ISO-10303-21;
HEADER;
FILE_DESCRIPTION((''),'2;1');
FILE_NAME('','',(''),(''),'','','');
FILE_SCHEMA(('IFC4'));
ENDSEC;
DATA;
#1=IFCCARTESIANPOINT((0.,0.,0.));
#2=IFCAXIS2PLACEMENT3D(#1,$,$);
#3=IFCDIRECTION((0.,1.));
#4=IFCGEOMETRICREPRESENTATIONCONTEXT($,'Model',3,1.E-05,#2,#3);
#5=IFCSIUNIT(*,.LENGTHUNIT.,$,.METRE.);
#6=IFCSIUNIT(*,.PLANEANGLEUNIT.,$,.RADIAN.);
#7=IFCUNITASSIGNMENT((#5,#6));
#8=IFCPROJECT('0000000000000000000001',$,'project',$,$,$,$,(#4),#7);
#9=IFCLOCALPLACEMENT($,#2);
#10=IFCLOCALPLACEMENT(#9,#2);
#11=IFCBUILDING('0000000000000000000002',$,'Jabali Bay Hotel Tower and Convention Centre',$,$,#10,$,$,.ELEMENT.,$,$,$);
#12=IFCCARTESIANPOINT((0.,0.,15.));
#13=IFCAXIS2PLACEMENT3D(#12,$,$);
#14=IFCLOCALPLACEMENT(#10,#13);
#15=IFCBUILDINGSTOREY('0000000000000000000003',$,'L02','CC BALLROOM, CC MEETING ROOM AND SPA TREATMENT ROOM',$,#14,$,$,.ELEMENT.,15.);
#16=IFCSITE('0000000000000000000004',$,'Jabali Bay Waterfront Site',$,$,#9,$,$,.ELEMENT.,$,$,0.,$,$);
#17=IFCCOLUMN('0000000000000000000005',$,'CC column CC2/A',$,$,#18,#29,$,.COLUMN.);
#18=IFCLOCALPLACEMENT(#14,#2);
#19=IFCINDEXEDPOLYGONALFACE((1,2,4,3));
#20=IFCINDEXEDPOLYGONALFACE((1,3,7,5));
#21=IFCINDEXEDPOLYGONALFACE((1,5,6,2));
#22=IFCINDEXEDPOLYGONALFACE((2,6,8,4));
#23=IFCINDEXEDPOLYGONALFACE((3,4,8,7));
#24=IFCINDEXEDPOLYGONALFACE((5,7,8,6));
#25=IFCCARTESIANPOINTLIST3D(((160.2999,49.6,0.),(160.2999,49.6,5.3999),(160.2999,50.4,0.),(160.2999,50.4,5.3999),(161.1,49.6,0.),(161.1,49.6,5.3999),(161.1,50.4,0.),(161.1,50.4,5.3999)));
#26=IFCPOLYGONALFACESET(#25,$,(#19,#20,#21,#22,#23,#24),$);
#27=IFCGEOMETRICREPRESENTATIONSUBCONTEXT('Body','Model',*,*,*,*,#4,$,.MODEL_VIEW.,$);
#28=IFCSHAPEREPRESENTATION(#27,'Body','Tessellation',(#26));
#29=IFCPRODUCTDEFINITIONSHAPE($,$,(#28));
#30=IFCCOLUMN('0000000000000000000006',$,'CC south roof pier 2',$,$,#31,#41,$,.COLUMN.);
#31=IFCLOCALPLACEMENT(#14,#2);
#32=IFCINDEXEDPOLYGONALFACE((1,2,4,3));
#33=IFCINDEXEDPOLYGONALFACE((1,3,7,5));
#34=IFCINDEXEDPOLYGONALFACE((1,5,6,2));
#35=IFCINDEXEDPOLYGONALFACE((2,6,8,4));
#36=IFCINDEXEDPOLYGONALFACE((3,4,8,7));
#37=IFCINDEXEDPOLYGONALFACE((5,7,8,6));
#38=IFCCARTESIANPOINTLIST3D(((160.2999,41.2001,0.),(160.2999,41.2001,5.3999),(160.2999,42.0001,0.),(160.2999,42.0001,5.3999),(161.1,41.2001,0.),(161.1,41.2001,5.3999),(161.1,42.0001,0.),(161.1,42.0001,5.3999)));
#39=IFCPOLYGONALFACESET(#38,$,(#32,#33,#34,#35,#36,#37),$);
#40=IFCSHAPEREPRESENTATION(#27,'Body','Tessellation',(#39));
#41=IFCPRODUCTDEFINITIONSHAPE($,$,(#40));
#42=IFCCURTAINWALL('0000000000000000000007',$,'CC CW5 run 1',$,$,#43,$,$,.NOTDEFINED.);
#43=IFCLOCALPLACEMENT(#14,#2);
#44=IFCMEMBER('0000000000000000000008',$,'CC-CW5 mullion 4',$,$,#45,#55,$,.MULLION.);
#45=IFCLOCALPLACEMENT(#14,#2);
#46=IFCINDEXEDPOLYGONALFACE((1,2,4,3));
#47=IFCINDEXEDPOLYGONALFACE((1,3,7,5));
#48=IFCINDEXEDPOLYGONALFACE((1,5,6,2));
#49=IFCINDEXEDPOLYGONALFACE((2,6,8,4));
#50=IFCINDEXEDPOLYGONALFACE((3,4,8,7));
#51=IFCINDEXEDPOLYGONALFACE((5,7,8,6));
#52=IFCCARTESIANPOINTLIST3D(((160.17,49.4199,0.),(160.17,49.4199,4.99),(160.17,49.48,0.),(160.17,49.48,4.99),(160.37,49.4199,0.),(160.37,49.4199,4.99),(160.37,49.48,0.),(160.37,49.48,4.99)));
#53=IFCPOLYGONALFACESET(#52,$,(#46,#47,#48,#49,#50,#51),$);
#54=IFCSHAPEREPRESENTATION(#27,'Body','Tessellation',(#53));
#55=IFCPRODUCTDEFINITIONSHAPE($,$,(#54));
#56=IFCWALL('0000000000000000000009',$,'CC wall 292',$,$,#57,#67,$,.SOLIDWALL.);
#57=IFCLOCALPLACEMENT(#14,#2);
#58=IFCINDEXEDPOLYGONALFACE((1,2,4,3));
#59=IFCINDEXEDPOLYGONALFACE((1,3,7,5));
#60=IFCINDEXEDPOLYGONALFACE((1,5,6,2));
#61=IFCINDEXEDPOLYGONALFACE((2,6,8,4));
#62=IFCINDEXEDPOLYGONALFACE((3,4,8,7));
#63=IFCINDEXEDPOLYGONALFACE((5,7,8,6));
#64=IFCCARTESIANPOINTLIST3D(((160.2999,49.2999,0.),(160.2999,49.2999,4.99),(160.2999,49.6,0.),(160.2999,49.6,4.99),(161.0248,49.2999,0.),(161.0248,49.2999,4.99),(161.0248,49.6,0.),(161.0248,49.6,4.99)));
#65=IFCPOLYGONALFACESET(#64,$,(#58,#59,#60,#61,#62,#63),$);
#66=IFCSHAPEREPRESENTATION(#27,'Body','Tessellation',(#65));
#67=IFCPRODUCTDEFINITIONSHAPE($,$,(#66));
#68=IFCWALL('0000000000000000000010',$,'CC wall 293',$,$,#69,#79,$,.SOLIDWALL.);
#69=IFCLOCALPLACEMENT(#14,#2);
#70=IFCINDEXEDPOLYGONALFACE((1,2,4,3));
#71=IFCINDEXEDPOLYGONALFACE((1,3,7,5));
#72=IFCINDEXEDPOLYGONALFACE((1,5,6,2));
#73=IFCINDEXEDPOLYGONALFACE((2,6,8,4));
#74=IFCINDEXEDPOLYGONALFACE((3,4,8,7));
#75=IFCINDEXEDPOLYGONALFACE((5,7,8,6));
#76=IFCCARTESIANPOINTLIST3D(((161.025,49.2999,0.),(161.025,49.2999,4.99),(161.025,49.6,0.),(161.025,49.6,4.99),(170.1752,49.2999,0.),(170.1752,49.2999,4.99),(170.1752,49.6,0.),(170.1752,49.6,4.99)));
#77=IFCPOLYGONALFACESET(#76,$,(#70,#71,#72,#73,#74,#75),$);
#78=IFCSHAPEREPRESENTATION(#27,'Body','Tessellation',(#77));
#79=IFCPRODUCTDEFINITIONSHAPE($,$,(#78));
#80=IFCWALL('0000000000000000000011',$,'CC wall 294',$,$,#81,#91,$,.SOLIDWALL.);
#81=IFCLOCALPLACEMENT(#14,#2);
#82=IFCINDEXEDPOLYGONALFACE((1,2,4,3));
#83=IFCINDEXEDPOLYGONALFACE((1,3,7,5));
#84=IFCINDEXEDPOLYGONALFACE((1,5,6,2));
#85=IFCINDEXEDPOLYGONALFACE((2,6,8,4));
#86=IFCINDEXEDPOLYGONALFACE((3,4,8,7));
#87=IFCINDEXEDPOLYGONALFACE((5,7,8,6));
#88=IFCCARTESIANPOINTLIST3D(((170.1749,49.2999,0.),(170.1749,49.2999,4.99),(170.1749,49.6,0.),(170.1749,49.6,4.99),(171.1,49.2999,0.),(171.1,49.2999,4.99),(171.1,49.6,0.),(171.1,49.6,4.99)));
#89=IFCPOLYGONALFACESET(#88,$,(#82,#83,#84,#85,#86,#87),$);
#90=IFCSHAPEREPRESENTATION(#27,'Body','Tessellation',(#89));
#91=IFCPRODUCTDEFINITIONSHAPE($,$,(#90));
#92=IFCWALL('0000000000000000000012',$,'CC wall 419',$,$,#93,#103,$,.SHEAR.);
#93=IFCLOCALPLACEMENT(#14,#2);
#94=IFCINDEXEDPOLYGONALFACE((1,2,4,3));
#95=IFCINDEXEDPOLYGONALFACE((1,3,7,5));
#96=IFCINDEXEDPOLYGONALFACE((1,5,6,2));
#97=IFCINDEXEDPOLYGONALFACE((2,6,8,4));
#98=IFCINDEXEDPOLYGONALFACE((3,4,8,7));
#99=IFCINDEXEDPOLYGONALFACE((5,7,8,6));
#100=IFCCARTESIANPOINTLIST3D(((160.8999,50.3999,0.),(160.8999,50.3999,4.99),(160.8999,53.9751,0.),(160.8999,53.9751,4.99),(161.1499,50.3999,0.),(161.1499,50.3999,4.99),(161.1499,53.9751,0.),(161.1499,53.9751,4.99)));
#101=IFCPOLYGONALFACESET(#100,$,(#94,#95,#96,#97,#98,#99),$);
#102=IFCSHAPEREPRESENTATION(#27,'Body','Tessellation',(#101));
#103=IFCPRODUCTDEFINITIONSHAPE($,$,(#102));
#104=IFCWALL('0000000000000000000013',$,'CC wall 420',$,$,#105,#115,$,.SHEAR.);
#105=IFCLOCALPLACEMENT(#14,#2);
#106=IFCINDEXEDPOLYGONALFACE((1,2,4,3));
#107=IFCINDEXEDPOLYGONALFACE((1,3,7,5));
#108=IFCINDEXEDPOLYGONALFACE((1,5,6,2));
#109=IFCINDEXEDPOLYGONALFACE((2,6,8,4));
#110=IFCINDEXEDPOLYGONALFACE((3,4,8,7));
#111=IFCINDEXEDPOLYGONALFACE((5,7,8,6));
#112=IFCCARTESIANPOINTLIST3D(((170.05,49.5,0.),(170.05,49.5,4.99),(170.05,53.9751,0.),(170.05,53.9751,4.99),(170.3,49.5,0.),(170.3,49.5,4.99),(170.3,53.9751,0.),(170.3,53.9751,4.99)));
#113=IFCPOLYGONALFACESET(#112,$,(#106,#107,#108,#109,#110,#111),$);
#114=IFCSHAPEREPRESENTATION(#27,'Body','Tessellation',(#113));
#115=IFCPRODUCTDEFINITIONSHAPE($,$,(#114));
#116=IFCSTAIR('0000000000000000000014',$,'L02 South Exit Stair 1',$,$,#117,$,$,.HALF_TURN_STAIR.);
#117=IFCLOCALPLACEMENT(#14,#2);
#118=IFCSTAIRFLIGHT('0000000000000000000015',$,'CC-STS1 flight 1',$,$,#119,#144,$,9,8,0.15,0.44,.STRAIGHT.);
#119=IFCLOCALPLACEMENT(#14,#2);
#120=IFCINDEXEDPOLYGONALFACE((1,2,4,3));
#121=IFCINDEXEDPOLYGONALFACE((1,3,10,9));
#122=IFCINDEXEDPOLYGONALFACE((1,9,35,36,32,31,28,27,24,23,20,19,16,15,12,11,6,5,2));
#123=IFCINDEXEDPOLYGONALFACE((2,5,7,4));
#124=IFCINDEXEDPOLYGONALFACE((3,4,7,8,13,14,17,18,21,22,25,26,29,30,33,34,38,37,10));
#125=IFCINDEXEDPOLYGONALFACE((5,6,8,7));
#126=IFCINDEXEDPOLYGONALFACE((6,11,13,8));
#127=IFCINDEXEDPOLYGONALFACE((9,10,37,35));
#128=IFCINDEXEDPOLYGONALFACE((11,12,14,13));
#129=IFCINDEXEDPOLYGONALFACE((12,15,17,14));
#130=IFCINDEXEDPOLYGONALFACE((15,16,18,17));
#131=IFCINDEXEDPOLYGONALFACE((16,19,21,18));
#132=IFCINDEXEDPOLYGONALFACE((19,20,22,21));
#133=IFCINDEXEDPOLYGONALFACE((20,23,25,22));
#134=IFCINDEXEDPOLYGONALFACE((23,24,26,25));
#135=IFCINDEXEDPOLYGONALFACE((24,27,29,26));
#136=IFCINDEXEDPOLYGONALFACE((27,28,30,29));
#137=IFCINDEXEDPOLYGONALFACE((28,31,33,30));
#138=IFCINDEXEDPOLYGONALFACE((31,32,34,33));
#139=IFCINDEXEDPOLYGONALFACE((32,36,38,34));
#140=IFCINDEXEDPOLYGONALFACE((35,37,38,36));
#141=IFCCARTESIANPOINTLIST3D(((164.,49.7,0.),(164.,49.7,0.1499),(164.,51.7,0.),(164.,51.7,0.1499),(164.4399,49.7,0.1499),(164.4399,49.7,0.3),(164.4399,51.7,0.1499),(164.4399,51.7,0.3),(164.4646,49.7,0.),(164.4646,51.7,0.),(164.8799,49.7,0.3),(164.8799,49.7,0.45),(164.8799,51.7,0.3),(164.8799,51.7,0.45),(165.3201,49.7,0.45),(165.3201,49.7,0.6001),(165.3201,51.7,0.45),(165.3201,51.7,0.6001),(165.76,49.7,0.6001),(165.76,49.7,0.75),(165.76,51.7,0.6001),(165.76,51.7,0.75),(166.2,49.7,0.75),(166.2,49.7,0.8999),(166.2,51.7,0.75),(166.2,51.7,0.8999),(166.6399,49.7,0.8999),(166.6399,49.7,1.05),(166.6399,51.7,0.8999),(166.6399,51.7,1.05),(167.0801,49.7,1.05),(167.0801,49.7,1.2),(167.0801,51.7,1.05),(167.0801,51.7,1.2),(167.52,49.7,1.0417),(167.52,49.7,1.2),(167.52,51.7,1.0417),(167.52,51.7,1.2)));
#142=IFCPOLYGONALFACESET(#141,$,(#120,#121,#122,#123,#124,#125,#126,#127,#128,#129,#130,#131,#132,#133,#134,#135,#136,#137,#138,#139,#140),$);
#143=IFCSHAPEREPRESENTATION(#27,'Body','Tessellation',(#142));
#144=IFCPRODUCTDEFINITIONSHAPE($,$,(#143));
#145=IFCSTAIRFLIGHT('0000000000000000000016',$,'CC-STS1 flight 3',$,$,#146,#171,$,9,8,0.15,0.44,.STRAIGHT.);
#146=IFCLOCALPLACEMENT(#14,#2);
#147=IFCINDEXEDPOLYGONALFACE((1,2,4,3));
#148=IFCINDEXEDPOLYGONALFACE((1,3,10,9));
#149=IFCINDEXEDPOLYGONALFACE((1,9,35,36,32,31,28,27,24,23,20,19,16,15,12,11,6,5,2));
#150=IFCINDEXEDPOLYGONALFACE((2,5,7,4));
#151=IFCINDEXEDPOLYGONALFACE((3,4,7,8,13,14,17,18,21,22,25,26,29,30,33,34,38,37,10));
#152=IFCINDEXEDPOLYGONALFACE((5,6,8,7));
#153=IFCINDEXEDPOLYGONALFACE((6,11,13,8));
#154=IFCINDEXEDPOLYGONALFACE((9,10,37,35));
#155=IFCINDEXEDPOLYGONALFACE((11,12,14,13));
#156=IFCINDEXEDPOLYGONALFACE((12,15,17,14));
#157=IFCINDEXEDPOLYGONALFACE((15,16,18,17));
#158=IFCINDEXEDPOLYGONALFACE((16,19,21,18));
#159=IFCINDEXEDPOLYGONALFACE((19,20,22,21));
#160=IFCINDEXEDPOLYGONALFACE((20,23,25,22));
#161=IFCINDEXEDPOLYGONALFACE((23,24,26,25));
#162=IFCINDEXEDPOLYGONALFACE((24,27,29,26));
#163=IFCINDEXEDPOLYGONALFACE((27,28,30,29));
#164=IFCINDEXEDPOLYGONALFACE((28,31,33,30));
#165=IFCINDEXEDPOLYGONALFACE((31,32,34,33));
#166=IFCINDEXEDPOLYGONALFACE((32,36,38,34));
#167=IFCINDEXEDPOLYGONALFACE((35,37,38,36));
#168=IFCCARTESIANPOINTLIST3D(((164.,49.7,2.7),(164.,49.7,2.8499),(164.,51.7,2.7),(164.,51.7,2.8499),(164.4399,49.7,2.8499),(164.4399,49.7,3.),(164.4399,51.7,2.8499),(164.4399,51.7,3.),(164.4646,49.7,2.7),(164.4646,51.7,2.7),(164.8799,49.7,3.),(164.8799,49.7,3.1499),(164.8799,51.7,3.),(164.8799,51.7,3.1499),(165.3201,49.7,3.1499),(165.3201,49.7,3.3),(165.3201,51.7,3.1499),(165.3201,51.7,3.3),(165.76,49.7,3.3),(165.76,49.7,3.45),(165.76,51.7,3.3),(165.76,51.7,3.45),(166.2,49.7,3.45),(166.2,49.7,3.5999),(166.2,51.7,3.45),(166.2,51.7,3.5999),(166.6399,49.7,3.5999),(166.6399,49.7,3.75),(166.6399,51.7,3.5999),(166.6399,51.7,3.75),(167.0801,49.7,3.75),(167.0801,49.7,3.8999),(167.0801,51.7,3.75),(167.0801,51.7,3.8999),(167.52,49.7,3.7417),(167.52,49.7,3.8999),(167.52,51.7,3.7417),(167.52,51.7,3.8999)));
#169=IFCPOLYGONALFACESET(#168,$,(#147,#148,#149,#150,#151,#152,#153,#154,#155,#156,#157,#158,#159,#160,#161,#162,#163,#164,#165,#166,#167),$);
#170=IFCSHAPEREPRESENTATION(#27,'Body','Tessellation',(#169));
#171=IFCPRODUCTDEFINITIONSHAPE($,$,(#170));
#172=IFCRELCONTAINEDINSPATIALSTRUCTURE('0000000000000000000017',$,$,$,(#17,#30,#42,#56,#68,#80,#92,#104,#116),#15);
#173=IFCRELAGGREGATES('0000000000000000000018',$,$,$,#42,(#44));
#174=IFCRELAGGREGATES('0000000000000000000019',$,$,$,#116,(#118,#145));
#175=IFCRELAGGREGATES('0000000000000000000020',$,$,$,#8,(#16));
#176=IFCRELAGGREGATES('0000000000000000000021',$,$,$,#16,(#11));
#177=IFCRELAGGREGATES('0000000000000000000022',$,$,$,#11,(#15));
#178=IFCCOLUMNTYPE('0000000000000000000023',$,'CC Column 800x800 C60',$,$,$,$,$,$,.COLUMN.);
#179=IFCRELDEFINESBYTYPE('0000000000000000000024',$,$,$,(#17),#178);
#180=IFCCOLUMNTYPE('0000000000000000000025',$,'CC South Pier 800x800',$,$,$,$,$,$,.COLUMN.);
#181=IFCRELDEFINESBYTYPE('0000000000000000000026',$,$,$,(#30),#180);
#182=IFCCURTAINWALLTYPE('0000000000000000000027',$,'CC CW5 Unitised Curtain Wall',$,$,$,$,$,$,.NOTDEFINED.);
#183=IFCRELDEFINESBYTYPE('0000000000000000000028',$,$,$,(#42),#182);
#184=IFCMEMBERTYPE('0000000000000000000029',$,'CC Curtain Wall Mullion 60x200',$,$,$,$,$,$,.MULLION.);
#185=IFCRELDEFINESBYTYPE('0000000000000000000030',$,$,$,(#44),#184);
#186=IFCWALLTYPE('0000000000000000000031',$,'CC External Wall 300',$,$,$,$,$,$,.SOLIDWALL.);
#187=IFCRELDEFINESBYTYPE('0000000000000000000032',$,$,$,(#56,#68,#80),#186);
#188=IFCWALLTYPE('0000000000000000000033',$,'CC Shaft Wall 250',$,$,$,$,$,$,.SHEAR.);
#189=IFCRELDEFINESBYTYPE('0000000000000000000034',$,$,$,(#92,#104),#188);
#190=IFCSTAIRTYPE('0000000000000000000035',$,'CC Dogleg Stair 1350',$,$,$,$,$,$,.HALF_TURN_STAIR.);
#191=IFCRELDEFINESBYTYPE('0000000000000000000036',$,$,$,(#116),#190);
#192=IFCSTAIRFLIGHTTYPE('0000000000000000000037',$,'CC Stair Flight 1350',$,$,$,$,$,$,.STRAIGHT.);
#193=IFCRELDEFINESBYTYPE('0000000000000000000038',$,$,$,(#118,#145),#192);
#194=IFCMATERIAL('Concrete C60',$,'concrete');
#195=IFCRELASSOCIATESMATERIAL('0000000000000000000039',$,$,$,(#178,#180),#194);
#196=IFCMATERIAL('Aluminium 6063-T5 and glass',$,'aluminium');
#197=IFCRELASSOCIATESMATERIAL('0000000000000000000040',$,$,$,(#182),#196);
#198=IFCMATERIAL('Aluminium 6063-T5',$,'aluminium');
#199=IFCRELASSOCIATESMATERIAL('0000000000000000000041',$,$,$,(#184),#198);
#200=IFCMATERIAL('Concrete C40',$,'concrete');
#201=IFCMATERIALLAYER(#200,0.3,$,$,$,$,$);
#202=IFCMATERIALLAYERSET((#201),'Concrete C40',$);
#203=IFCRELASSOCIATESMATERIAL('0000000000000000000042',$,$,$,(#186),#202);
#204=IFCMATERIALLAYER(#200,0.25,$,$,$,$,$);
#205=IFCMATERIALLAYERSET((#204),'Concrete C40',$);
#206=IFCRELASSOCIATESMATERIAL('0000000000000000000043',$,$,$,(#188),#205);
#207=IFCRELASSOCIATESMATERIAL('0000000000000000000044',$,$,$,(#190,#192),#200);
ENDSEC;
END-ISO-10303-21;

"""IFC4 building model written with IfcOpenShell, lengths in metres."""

from ifc_helpers import new_model, si_unit, direction, frame, frame_2d, origin, origin_2d, place, context, subcontext, project, spatial, polyline, rectangle, outline, extrude, material, layer, layer_set, material_profile, profile_set, type_object, element, aggregate, save


model = new_model("IFC4")

# Units and contexts
model_context = context("Model", 3, precision=1e-05, world=origin(), true_north=direction((0.0, 1.0)))
body_context = subcontext(model_context, "Body", "Model", "MODEL_VIEW")
ifc_project = project(units=[si_unit("LENGTHUNIT", "METRE"), si_unit("PLANEANGLEUNIT", "RADIAN")], contexts=[model_context])

# Site, building, storey
site_placement = place(None, origin())
site = spatial("IfcSite", under=ifc_project, at=site_placement, Name="Jabali Bay Waterfront Site", CompositionType="ELEMENT", RefElevation=0.0)
building_placement = place(site_placement, origin())
building = spatial("IfcBuilding", under=site, at=building_placement, Name="Jabali Bay Hotel Tower and Convention Centre", CompositionType="ELEMENT")
storey_placement = place(building_placement, frame((0.0, 0.0, 15.0)))
storey = spatial("IfcBuildingStorey", under=building, at=storey_placement, Name="L02", Description="CC BALLROOM, CC MEETING ROOM AND SPA TREATMENT ROOM", CompositionType="ELEMENT", Elevation=15.0)

# Columns
ifc_material_1 = material(Name="Concrete C60", Category="concrete")
ifc_material_profile_1 = material_profile(ifc_material_1, rectangle(XDim=0.8, YDim=0.8, at=origin_2d()), Name="RC 800x800")
ifc_profile_set_1 = profile_set([ifc_material_profile_1], Name="Concrete C60")
column_type_1 = type_object("IfcColumnType", Name="CC Column 800x800 C60", PredefinedType="COLUMN", material=ifc_profile_set_1)
column_1_placement = place(storey_placement, frame((160.7, 50.0, 0.0), z_axis=(0.0, 0.0, 1.0), x_axis=(1.0, 0.0, 0.0)))
element("IfcColumn", 1, at=column_1_placement, inside=storey, type_object=column_type_1, Name="CC column CC2/A", PredefinedType="COLUMN", context=body_context, shape_type="SweptSolid", body=[
    extrude(rectangle(XDim=0.8, YDim=0.8, at=origin_2d()), origin(), (0.0, 0.0, 1.0), 5.3999),
])
ifc_material_profile_2 = material_profile(ifc_material_1, rectangle(XDim=0.8, YDim=0.8, at=origin_2d()), Name="RC 800x800")
ifc_profile_set_2 = profile_set([ifc_material_profile_2], Name="Concrete C60")
column_type_2 = type_object("IfcColumnType", Name="CC South Pier 800x800", PredefinedType="COLUMN", material=ifc_profile_set_2)
column_2_placement = place(storey_placement, frame((160.7, 41.6001, 0.0), z_axis=(0.0, 0.0, 1.0), x_axis=(1.0, 0.0, 0.0)))
element("IfcColumn", 2, at=column_2_placement, inside=storey, type_object=column_type_2, Name="CC south roof pier 2", PredefinedType="COLUMN", context=body_context, shape_type="SweptSolid", body=[
    extrude(rectangle(XDim=0.8, YDim=0.8, at=origin_2d()), origin(), (0.0, 0.0, 1.0), 5.3999),
])

# Curtain wall, member
ifc_material_2 = material(Name="Aluminium 6063-T5 and glass", Category="aluminium")
curtain_wall_type = type_object("IfcCurtainWallType", Name="CC CW5 Unitised Curtain Wall", PredefinedType="NOTDEFINED", material=ifc_material_2)
curtain_wall_placement = place(storey_placement, origin())
curtain_wall = element("IfcCurtainWall", 3, at=curtain_wall_placement, inside=storey, type_object=curtain_wall_type, Name="CC CW5 run 1", PredefinedType="NOTDEFINED")
ifc_material_3 = material(Name="Aluminium 6063-T5", Category="aluminium")
ifc_material_profile_3 = material_profile(ifc_material_3, rectangle(XDim=0.0601, YDim=0.2, at=origin_2d()), Name="AL 60x200")
ifc_profile_set_3 = profile_set([ifc_material_profile_3], Name="Aluminium 6063-T5")
member_type = type_object("IfcMemberType", Name="CC Curtain Wall Mullion 60x200", PredefinedType="MULLION", material=ifc_profile_set_3)
member_placement = place(storey_placement, frame((160.27, 49.45, 0.0), z_axis=(0.0, 0.0, 1.0), x_axis=(0.0, 1.0, 0.0)))
member = element("IfcMember", 4, at=member_placement, type_object=member_type, Name="CC-CW5 mullion 4", PredefinedType="MULLION", context=body_context, shape_type="SweptSolid", body=[
    extrude(rectangle(XDim=0.0601, YDim=0.2, at=origin_2d()), origin(), (0.0, 0.0, 1.0), 4.99),
])
aggregate(curtain_wall, [member])

# Walls
ifc_material_4 = material(Name="Concrete C40", Category="concrete")
ifc_layer_1 = layer(ifc_material_4, 0.3)
ifc_layer_set_1 = layer_set([ifc_layer_1], Name="Concrete C40")
wall_type_1 = type_object("IfcWallType", Name="CC External Wall 300", PredefinedType="SOLIDWALL", material=ifc_layer_set_1)
wall_1_placement = place(storey_placement, frame((160.3, 49.45, 0.0), z_axis=(0.0, 0.0, 1.0), x_axis=(1.0, 0.0, 0.0)))
element("IfcWall", 5, at=wall_1_placement, inside=storey, type_object=wall_type_1, Name="CC wall 292", PredefinedType="SOLIDWALL", context=body_context, shape_type="SweptSolid", body=[
    extrude(rectangle(XDim=0.7249, YDim=0.3, at=frame_2d((0.3623, 0.0))), origin(), (0.0, 0.0, 1.0), 4.99),
])
wall_2_placement = place(storey_placement, frame((161.0249, 49.45, 0.0), z_axis=(0.0, 0.0, 1.0), x_axis=(1.0, 0.0, 0.0)))
element("IfcWall", 6, at=wall_2_placement, inside=storey, type_object=wall_type_1, Name="CC wall 293", PredefinedType="SOLIDWALL", context=body_context, shape_type="SweptSolid", body=[
    extrude(rectangle(XDim=9.1501, YDim=0.3, at=frame_2d((4.5752, 0.0))), origin(), (0.0, 0.0, 1.0), 4.99),
])
wall_3_placement = place(storey_placement, frame((170.175, 49.45, 0.0), z_axis=(0.0, 0.0, 1.0), x_axis=(1.0, 0.0, 0.0)))
element("IfcWall", 7, at=wall_3_placement, inside=storey, type_object=wall_type_1, Name="CC wall 294", PredefinedType="SOLIDWALL", context=body_context, shape_type="SweptSolid", body=[
    extrude(rectangle(XDim=0.925, YDim=0.3, at=frame_2d((0.4624, 0.0))), origin(), (0.0, 0.0, 1.0), 4.99),
])
ifc_layer_2 = layer(ifc_material_4, 0.25)
ifc_layer_set_2 = layer_set([ifc_layer_2], Name="Concrete C40")
wall_type_2 = type_object("IfcWallType", Name="CC Shaft Wall 250", PredefinedType="SHEAR", material=ifc_layer_set_2)
wall_4_placement = place(storey_placement, frame((161.0249, 50.3999, 0.0), z_axis=(0.0, 0.0, 1.0), x_axis=(0.0, 1.0, 0.0)))
element("IfcWall", 8, at=wall_4_placement, inside=storey, type_object=wall_type_2, Name="CC wall 419", PredefinedType="SHEAR", context=body_context, shape_type="SweptSolid", body=[
    extrude(rectangle(XDim=3.5752, YDim=0.25, at=frame_2d((1.7876, 0.0))), origin(), (0.0, 0.0, 1.0), 4.99),
])
wall_5_placement = place(storey_placement, frame((170.175, 49.5, 0.0), z_axis=(0.0, 0.0, 1.0), x_axis=(0.0, 1.0, 0.0)))
element("IfcWall", 9, at=wall_5_placement, inside=storey, type_object=wall_type_2, Name="CC wall 420", PredefinedType="SHEAR", context=body_context, shape_type="SweptSolid", body=[
    extrude(rectangle(XDim=4.4751, YDim=0.25, at=frame_2d((2.2375, 0.0))), origin(), (0.0, 0.0, 1.0), 4.99),
])

# Stair, stair flights
stair_type = type_object("IfcStairType", Name="CC Dogleg Stair 1350", PredefinedType="HALF_TURN_STAIR", material=ifc_material_4)
stair_placement = place(storey_placement, origin())
stair = element("IfcStair", 10, at=stair_placement, inside=storey, type_object=stair_type, Name="L02 South Exit Stair 1", PredefinedType="HALF_TURN_STAIR")
stair_flight_type = type_object("IfcStairFlightType", Name="CC Stair Flight 1350", PredefinedType="STRAIGHT", material=ifc_material_4)
stair_flight_1_placement = place(storey_placement, frame((164.0, 50.7, 0.0), z_axis=(0.0, 0.0, 1.0), x_axis=(1.0, 0.0, 0.0)))
stair_flight_1 = element("IfcStairFlight", 11, at=stair_flight_1_placement, type_object=stair_flight_type, Name="CC-STS1 flight 1", NumberOfRisers=9, NumberOfTreads=8, PredefinedType="STRAIGHT", RiserHeight=0.15, TreadLength=0.44, context=body_context, shape_type="SweptSolid", body=[
    extrude(outline(polyline([(0.0, 0.0), (0.0, 0.1499), (0.4399, 0.1499), (0.4399, 0.3), (0.8799, 0.3), (0.8799, 0.45), (1.3201, 0.45), (1.3201, 0.6001), (1.76, 0.6001), (1.76, 0.75), (2.2, 0.75), (2.2, 0.8999), (2.6399, 0.8999), (2.6399, 1.05), (3.0801, 1.05), (3.0801, 1.2), (3.52, 1.2), (3.52, 1.3501), (3.52, 1.0417), (0.4646, 0.0), (0.0, 0.0)])), frame((0.0, 1.0, 0.0), z_axis=(0.0, -1.0, 0.0), x_axis=(1.0, 0.0, 0.0)), (0.0, 0.0, 1.0), 2.0),
])
stair_flight_2_placement = place(storey_placement, frame((164.0, 50.7, 2.7), z_axis=(0.0, 0.0, 1.0), x_axis=(1.0, 0.0, 0.0)))
stair_flight_2 = element("IfcStairFlight", 12, at=stair_flight_2_placement, type_object=stair_flight_type, Name="CC-STS1 flight 3", NumberOfRisers=9, NumberOfTreads=8, PredefinedType="STRAIGHT", RiserHeight=0.15, TreadLength=0.44, context=body_context, shape_type="SweptSolid", body=[
    extrude(outline(polyline([(0.0, 0.0), (0.0, 0.1499), (0.4399, 0.1499), (0.4399, 0.3), (0.8799, 0.3), (0.8799, 0.45), (1.3201, 0.45), (1.3201, 0.6001), (1.76, 0.6001), (1.76, 0.75), (2.2, 0.75), (2.2, 0.8999), (2.6399, 0.8999), (2.6399, 1.05), (3.0801, 1.05), (3.0801, 1.2), (3.52, 1.2), (3.52, 1.3501), (3.52, 1.0417), (0.4646, 0.0), (0.0, 0.0)])), frame((0.0, 1.0, 0.0), z_axis=(0.0, -1.0, 0.0), x_axis=(1.0, 0.0, 0.0)), (0.0, 0.0, 1.0), 2.0),
])
aggregate(stair, [stair_flight_1, stair_flight_2])

save(model, "model.ifc")
